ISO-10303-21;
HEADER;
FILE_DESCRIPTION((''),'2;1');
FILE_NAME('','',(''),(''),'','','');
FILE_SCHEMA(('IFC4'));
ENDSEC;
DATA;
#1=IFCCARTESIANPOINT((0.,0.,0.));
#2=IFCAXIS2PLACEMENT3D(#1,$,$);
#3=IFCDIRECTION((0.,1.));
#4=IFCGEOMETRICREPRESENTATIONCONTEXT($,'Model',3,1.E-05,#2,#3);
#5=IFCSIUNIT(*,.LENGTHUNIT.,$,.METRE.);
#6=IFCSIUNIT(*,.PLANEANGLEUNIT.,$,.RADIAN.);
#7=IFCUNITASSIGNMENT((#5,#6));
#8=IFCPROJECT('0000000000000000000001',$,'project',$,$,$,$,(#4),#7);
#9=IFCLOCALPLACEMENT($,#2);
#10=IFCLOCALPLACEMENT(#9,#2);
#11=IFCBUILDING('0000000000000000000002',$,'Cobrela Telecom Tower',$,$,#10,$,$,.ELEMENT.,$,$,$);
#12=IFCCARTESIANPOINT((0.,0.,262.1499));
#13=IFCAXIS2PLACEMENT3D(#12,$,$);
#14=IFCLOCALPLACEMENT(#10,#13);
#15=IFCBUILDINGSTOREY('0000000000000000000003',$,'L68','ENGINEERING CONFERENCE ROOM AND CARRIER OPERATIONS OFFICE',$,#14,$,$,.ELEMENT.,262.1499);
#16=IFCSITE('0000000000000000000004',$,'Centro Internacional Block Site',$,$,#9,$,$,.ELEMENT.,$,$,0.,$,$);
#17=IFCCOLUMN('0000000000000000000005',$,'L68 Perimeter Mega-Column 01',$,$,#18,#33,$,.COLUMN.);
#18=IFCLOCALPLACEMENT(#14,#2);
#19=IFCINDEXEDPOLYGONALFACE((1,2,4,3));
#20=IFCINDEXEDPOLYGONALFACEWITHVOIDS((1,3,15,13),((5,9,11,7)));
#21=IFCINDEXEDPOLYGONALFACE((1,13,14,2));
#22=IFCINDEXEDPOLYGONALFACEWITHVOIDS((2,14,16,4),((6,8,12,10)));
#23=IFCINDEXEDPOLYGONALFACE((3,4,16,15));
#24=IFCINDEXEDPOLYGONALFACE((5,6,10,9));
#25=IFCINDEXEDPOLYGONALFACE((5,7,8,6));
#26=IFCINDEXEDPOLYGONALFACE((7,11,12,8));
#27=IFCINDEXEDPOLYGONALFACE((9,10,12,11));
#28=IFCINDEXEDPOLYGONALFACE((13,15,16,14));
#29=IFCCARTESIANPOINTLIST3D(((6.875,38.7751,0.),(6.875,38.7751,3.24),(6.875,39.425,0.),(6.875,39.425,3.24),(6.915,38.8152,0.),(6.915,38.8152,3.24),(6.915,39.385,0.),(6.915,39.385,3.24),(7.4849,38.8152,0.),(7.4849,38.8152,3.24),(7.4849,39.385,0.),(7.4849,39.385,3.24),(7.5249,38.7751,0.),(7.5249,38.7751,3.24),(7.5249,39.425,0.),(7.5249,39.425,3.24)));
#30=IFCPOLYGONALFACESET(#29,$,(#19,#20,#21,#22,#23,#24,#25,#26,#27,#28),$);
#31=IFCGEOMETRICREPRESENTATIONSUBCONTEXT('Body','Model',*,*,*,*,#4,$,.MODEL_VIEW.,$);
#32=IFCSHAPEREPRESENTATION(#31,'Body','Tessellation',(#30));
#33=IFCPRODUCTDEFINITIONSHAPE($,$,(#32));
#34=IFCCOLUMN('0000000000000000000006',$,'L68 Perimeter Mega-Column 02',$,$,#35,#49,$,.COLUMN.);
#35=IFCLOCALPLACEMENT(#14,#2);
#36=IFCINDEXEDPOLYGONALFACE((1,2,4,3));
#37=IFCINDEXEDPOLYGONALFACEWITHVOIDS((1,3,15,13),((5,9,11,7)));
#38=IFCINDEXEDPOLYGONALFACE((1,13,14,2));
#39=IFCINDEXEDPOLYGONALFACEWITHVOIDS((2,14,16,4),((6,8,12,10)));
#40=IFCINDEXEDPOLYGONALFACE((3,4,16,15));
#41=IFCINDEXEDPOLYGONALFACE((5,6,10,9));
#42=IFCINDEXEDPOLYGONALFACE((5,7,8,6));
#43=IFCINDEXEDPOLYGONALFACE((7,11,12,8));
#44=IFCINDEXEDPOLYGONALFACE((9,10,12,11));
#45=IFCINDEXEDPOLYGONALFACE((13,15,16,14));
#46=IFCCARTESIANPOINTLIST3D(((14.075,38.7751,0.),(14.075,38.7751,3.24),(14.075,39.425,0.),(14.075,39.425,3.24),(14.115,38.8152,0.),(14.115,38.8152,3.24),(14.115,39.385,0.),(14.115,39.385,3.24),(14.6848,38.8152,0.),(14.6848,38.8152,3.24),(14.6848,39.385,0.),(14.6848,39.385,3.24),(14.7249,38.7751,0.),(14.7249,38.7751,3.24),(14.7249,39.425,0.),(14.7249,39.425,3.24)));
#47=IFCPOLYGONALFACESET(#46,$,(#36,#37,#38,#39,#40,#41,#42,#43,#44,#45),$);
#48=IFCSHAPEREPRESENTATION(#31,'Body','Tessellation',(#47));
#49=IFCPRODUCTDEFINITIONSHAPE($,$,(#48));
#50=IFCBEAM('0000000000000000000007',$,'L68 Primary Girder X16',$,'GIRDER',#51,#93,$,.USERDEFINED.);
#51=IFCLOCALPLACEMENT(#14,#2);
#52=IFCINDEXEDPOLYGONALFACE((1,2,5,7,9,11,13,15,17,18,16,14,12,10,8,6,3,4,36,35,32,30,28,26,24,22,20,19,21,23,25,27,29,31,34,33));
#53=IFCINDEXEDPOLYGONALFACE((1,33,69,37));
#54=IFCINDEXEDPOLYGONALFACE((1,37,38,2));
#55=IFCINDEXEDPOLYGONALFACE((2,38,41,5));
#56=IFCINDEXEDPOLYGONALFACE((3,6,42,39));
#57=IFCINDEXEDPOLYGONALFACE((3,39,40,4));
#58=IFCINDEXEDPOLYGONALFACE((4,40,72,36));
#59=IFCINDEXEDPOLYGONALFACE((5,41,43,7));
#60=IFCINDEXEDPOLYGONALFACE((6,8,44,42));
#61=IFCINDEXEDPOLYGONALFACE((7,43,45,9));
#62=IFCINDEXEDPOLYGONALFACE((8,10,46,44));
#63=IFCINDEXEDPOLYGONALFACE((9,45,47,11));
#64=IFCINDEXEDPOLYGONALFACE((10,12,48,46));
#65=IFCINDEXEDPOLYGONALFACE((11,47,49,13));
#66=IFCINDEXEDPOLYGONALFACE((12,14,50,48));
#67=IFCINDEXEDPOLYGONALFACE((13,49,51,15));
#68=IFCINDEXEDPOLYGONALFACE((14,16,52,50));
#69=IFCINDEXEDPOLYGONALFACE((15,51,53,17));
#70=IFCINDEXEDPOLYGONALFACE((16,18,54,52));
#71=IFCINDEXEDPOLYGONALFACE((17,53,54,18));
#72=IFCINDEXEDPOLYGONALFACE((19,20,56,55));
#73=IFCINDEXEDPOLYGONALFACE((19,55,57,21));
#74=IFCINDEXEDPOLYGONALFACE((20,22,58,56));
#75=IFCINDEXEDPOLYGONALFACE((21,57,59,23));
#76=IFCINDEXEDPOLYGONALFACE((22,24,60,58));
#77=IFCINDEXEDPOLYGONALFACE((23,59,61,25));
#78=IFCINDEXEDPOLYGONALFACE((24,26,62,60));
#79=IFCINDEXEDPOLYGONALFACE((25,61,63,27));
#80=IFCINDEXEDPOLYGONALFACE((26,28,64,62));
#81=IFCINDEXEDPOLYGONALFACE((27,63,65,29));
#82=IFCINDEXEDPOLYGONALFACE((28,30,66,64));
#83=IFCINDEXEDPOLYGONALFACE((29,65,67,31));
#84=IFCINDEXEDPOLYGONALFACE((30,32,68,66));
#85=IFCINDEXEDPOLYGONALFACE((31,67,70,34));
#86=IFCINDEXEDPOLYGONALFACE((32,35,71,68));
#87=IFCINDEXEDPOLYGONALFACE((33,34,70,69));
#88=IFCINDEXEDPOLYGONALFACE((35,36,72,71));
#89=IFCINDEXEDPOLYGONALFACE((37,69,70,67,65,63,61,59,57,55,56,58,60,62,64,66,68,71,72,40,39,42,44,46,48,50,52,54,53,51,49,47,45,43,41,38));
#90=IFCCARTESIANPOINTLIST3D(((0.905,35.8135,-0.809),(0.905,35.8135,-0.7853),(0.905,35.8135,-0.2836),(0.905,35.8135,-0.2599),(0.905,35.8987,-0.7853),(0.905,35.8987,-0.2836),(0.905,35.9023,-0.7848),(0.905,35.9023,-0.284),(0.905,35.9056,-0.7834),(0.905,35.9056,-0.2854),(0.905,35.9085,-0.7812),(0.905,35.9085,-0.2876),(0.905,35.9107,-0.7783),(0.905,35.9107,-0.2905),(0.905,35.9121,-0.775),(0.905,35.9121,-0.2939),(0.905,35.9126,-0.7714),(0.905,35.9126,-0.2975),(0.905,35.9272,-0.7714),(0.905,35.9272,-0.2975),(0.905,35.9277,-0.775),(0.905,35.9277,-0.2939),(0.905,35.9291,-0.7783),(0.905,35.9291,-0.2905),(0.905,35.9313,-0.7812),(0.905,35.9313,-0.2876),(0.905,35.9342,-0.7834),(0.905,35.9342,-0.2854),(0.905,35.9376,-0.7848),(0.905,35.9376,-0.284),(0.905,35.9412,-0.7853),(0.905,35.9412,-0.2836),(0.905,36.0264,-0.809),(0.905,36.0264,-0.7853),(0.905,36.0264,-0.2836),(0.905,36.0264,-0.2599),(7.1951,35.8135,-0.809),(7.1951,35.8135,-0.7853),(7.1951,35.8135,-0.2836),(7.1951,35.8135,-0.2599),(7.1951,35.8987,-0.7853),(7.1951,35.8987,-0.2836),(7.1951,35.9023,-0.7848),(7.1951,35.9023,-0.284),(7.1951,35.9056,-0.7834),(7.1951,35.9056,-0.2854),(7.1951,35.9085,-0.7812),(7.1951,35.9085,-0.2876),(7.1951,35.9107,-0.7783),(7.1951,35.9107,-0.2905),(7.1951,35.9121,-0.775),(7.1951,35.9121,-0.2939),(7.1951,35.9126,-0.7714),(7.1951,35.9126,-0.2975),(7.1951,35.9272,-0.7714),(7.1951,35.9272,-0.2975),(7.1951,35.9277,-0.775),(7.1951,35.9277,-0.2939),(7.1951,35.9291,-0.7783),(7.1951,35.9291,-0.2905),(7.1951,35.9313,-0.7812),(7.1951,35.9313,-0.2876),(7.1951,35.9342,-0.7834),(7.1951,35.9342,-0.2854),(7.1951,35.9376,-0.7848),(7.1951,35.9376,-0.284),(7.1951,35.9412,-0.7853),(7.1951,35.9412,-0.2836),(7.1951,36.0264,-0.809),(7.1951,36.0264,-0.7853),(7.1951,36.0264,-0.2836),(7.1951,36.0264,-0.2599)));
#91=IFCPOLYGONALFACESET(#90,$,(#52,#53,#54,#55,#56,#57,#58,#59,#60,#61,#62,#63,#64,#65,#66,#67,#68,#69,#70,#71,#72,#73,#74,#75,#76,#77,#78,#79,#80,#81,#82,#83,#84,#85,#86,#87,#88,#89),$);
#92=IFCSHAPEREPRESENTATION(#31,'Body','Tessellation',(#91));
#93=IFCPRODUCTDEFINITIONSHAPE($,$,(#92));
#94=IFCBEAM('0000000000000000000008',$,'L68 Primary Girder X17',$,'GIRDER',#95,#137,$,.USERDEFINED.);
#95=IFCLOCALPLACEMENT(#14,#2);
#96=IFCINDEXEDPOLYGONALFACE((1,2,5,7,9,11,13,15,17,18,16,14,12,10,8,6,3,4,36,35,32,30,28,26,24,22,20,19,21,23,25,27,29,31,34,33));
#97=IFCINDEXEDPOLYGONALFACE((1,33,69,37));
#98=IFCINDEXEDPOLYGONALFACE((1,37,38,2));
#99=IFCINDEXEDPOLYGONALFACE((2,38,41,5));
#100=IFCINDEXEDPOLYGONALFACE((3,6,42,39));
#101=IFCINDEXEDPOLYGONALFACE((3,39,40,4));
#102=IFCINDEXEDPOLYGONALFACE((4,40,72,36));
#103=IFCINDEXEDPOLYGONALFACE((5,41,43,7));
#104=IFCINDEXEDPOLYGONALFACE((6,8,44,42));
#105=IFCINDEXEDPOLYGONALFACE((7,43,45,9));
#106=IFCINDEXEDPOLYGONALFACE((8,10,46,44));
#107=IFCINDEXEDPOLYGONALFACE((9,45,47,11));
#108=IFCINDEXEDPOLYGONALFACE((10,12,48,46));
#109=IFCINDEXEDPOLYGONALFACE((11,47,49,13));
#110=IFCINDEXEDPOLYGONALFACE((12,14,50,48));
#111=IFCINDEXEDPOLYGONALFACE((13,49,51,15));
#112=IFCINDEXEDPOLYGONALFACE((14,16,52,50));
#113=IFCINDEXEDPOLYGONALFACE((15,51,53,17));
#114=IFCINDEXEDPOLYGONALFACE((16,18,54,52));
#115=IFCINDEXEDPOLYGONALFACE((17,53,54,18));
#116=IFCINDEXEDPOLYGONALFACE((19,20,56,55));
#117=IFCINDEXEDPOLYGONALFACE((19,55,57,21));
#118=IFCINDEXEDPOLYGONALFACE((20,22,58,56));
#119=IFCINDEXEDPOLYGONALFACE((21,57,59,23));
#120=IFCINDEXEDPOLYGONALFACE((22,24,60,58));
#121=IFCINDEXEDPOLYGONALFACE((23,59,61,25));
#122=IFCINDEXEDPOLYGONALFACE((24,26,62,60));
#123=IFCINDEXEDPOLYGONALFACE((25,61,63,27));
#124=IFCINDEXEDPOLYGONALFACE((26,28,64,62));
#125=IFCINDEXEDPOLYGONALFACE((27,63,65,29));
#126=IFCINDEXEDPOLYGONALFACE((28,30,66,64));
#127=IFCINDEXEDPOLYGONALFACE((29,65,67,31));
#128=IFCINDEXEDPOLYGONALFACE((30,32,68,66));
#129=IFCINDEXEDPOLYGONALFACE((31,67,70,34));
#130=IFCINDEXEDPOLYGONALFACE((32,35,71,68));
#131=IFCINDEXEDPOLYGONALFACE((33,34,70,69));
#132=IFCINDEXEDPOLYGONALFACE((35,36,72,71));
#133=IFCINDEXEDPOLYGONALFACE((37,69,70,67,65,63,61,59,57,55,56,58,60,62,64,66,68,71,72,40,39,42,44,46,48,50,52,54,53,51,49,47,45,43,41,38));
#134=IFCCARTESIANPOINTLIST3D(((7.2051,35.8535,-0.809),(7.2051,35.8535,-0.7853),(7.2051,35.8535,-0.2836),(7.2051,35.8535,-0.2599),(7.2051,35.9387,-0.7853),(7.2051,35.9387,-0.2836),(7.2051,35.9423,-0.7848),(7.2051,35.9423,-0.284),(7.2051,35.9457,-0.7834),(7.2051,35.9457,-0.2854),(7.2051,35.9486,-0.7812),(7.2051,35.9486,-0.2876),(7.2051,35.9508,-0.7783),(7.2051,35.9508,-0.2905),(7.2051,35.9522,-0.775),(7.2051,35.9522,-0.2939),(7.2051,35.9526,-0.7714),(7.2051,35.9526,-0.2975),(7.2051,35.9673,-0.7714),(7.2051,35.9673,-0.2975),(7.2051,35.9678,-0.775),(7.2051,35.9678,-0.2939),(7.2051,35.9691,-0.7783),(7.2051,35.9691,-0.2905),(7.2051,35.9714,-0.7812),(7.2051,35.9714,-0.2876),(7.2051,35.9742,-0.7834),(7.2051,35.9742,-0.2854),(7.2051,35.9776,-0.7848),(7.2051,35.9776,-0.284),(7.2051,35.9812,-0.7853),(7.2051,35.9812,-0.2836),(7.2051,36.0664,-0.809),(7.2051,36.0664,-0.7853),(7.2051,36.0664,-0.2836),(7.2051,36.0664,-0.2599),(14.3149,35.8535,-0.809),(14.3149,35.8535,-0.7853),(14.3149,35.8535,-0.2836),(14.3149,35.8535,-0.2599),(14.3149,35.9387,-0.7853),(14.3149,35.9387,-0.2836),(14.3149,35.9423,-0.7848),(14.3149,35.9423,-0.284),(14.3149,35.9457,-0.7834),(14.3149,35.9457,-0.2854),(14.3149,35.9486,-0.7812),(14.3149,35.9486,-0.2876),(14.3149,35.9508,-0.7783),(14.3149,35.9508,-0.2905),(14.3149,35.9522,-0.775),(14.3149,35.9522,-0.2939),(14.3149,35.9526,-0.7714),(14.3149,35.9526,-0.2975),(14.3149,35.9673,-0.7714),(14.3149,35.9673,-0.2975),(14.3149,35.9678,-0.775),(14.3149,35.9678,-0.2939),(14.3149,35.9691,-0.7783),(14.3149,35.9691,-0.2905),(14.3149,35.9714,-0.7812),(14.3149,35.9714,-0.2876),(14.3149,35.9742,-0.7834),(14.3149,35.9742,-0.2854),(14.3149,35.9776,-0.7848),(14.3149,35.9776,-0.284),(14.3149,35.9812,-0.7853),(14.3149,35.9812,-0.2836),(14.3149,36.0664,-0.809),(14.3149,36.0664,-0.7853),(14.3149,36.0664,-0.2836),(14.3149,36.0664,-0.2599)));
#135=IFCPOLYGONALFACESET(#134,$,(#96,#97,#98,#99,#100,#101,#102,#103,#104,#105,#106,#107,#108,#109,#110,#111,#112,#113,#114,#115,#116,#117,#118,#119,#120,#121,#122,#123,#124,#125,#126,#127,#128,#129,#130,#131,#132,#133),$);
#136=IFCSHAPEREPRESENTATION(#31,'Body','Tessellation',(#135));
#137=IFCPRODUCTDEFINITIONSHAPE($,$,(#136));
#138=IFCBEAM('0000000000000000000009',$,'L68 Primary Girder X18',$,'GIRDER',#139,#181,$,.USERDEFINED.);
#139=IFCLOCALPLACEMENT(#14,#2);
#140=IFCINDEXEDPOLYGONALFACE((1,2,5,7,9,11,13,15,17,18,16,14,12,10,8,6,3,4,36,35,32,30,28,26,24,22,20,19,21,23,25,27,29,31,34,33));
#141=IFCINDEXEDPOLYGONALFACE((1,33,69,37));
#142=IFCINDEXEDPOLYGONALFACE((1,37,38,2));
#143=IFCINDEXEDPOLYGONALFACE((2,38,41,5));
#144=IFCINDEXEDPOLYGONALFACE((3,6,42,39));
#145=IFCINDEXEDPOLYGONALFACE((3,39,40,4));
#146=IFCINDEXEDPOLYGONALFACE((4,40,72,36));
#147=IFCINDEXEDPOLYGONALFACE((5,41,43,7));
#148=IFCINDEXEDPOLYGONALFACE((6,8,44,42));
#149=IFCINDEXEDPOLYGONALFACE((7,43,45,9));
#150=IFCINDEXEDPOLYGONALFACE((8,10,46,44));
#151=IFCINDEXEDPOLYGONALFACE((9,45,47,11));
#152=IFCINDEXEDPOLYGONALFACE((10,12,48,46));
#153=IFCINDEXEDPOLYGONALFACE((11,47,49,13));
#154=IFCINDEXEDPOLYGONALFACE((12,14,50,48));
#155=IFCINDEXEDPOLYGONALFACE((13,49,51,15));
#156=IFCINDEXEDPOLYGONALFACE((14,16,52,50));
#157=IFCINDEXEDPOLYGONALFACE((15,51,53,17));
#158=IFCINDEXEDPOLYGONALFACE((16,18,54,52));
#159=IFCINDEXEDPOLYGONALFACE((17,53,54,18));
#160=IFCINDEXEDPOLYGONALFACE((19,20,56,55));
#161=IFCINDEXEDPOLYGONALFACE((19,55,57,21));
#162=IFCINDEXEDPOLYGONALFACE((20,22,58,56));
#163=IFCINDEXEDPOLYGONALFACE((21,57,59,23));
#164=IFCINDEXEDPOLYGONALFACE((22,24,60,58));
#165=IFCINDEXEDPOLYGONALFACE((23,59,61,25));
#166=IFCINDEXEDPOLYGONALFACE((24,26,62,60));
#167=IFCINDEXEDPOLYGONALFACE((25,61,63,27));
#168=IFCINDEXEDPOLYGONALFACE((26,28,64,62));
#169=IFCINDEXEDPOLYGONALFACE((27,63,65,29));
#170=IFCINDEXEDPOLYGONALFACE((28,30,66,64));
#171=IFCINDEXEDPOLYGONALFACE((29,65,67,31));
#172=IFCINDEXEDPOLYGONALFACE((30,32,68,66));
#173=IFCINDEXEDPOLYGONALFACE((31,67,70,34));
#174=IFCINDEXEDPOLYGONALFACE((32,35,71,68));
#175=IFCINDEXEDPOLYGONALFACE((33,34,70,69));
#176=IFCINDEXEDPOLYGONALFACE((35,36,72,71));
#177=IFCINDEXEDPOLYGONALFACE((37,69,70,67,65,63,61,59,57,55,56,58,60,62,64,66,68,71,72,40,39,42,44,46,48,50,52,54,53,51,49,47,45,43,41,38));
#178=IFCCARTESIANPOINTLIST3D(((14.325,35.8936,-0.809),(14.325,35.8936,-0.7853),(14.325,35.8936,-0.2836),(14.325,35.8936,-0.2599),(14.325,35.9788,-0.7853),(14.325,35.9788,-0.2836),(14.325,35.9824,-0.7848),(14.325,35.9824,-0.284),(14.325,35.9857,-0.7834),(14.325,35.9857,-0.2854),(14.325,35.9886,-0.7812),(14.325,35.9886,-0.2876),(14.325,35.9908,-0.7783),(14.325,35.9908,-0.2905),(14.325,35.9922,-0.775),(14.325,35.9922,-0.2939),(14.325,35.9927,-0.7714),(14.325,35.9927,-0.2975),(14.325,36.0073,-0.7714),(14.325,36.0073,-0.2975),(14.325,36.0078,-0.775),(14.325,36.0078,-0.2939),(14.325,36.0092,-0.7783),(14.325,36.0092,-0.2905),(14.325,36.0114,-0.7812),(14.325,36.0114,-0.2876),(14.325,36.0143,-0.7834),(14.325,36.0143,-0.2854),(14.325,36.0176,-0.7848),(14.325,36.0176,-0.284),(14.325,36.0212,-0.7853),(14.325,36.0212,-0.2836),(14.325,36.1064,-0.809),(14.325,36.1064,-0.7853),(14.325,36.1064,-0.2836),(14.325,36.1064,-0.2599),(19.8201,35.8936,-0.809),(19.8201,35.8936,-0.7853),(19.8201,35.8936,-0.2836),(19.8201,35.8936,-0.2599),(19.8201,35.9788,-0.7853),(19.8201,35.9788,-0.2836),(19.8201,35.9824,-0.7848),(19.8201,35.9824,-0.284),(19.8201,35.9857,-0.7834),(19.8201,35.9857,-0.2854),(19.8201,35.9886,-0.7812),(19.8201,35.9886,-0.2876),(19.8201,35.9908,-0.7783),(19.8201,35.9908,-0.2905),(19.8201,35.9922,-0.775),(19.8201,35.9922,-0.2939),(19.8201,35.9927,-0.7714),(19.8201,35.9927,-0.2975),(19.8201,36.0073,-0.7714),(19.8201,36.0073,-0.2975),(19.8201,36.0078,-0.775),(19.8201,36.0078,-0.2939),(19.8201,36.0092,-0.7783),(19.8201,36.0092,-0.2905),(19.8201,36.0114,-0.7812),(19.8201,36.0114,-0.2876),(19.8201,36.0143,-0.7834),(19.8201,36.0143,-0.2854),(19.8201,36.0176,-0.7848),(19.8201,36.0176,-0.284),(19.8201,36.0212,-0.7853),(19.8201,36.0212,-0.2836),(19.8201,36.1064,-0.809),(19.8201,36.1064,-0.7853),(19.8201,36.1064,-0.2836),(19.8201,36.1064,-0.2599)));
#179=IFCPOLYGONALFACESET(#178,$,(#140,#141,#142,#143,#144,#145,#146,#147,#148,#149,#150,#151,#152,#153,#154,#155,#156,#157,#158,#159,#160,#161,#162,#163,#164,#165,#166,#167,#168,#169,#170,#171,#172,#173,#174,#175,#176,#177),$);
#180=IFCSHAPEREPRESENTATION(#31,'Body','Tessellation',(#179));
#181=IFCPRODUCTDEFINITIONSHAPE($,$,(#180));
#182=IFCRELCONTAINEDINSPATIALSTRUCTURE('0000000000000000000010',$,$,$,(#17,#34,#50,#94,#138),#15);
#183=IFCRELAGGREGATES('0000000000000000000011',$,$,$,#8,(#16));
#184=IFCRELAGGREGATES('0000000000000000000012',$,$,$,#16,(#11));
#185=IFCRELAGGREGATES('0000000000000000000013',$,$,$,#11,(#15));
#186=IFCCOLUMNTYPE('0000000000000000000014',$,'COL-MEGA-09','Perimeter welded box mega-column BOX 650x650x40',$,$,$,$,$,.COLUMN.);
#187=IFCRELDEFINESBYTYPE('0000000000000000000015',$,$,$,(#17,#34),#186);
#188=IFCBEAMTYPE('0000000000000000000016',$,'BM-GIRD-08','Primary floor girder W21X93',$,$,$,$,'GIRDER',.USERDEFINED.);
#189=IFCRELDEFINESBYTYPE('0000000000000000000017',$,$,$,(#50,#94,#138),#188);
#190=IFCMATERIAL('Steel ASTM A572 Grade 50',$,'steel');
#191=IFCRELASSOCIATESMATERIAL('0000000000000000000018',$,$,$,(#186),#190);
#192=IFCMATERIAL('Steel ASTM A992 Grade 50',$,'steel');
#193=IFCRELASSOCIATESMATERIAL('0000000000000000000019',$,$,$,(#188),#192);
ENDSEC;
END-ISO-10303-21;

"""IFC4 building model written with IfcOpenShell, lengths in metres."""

from ifc_helpers import new_model, si_unit, direction, frame, origin, origin_2d, place, context, subcontext, project, spatial, hollow_rectangle, i_section, extrude, material, material_profile, profile_set, type_object, element, save


model = new_model("IFC4")

# Units and contexts
model_context = context("Model", 3, precision=1e-05, world=origin(), true_north=direction((0.0, 1.0)))
body_context = subcontext(model_context, "Body", "Model", "MODEL_VIEW")
ifc_project = project(units=[si_unit("LENGTHUNIT", "METRE"), si_unit("PLANEANGLEUNIT", "RADIAN")], contexts=[model_context])

# Site, building, storey
site_placement = place(None, origin())
site = spatial("IfcSite", under=ifc_project, at=site_placement, Name="Centro Internacional Block Site", CompositionType="ELEMENT", RefElevation=0.0)
building_placement = place(site_placement, origin())
building = spatial("IfcBuilding", under=site, at=building_placement, Name="Cobrela Telecom Tower", CompositionType="ELEMENT")
storey_placement = place(building_placement, frame((0.0, 0.0, 262.1499)))
storey = spatial("IfcBuildingStorey", under=building, at=storey_placement, Name="L68", Description="ENGINEERING CONFERENCE ROOM AND CARRIER OPERATIONS OFFICE", CompositionType="ELEMENT", Elevation=262.1499)

# Columns
ifc_material_1 = material(Name="Steel ASTM A572 Grade 50", Category="steel")
ifc_material_profile_1 = material_profile(ifc_material_1, hollow_rectangle(XDim=0.6499, YDim=0.6499, WallThickness=0.04, at=origin_2d()), Name="BOX 650x650x40")
ifc_profile_set_1 = profile_set([ifc_material_profile_1], Name="Steel ASTM A572 Grade 50")
column_type = type_object("IfcColumnType", Name="COL-MEGA-09", Description="Perimeter welded box mega-column BOX 650x650x40", PredefinedType="COLUMN", material=ifc_profile_set_1)
for number, where, z_axis, x_axis, name in (
    (1, (7.2, 39.1001, 0.0), (0.0, 0.0, 1.0), (1.0, 0.0, 0.0), "L68 Perimeter Mega-Column 01"),
    (2, (14.3999, 39.1001, 0.0), (0.0, 0.0, 1.0), (1.0, 0.0, 0.0), "L68 Perimeter Mega-Column 02"),
):
    element("IfcColumn", number, at=place(storey_placement, frame(where, z_axis=z_axis, x_axis=x_axis)), inside=storey, type_object=column_type, Name=name, PredefinedType="COLUMN", context=body_context, shape_type="SweptSolid", body=[
        extrude(hollow_rectangle(XDim=0.6499, YDim=0.6499, WallThickness=0.04, at=origin_2d()), origin(), (0.0, 0.0, 1.0), 3.24),
    ])

# Beams
ifc_material_2 = material(Name="Steel ASTM A992 Grade 50", Category="steel")
ifc_material_profile_2 = material_profile(ifc_material_2, i_section(OverallWidth=0.2129, OverallDepth=0.5491, WebThickness=0.0146, FlangeThickness=0.0237, FilletRadius=0.0139, at=origin_2d()), Name="W21X93")
ifc_profile_set_2 = profile_set([ifc_material_profile_2], Name="Steel ASTM A992 Grade 50")
beam_type_1 = type_object("IfcBeamType", Name="BM-GIRD-08", Description="Primary floor girder W21X93", ElementType="GIRDER", PredefinedType="USERDEFINED", material=ifc_profile_set_2)
beam_1_placement = place(storey_placement, frame((0.905, 35.9199, -0.5344), z_axis=(1.0, 0.0, 0.0), x_axis=(0.0, 1.0, 0.0)))
element("IfcBeam", 3, at=beam_1_placement, inside=storey, type_object=beam_type_1, Name="L68 Primary Girder X16", ObjectType="GIRDER", PredefinedType="USERDEFINED", context=body_context, shape_type="SweptSolid", body=[
    extrude(i_section(OverallWidth=0.2129, OverallDepth=0.5491, WebThickness=0.0146, FlangeThickness=0.0237, FilletRadius=0.0139, at=origin_2d()), origin(), (0.0, 0.0, 1.0), 6.29),
])
beam_2_placement = place(storey_placement, frame((7.2051, 35.96, -0.5344), z_axis=(1.0, 0.0, 0.0), x_axis=(0.0, 1.0, 0.0)))
element("IfcBeam", 4, at=beam_2_placement, inside=storey, type_object=beam_type_1, Name="L68 Primary Girder X17", ObjectType="GIRDER", PredefinedType="USERDEFINED", context=body_context, shape_type="SweptSolid", body=[
    extrude(i_section(OverallWidth=0.2129, OverallDepth=0.5491, WebThickness=0.0146, FlangeThickness=0.0237, FilletRadius=0.0139, at=origin_2d()), origin(), (0.0, 0.0, 1.0), 7.1099),
])
beam_3_placement = place(storey_placement, frame((14.325, 36.0, -0.5344), z_axis=(1.0, 0.0, 0.0), x_axis=(0.0, 1.0, 0.0)))
element("IfcBeam", 5, at=beam_3_placement, inside=storey, type_object=beam_type_1, Name="L68 Primary Girder X18", ObjectType="GIRDER", PredefinedType="USERDEFINED", context=body_context, shape_type="SweptSolid", body=[
    extrude(i_section(OverallWidth=0.2129, OverallDepth=0.5491, WebThickness=0.0146, FlangeThickness=0.0237, FilletRadius=0.0139, at=origin_2d()), origin(), (0.0, 0.0, 1.0), 5.4951),
])

save(model, "model.ifc")
